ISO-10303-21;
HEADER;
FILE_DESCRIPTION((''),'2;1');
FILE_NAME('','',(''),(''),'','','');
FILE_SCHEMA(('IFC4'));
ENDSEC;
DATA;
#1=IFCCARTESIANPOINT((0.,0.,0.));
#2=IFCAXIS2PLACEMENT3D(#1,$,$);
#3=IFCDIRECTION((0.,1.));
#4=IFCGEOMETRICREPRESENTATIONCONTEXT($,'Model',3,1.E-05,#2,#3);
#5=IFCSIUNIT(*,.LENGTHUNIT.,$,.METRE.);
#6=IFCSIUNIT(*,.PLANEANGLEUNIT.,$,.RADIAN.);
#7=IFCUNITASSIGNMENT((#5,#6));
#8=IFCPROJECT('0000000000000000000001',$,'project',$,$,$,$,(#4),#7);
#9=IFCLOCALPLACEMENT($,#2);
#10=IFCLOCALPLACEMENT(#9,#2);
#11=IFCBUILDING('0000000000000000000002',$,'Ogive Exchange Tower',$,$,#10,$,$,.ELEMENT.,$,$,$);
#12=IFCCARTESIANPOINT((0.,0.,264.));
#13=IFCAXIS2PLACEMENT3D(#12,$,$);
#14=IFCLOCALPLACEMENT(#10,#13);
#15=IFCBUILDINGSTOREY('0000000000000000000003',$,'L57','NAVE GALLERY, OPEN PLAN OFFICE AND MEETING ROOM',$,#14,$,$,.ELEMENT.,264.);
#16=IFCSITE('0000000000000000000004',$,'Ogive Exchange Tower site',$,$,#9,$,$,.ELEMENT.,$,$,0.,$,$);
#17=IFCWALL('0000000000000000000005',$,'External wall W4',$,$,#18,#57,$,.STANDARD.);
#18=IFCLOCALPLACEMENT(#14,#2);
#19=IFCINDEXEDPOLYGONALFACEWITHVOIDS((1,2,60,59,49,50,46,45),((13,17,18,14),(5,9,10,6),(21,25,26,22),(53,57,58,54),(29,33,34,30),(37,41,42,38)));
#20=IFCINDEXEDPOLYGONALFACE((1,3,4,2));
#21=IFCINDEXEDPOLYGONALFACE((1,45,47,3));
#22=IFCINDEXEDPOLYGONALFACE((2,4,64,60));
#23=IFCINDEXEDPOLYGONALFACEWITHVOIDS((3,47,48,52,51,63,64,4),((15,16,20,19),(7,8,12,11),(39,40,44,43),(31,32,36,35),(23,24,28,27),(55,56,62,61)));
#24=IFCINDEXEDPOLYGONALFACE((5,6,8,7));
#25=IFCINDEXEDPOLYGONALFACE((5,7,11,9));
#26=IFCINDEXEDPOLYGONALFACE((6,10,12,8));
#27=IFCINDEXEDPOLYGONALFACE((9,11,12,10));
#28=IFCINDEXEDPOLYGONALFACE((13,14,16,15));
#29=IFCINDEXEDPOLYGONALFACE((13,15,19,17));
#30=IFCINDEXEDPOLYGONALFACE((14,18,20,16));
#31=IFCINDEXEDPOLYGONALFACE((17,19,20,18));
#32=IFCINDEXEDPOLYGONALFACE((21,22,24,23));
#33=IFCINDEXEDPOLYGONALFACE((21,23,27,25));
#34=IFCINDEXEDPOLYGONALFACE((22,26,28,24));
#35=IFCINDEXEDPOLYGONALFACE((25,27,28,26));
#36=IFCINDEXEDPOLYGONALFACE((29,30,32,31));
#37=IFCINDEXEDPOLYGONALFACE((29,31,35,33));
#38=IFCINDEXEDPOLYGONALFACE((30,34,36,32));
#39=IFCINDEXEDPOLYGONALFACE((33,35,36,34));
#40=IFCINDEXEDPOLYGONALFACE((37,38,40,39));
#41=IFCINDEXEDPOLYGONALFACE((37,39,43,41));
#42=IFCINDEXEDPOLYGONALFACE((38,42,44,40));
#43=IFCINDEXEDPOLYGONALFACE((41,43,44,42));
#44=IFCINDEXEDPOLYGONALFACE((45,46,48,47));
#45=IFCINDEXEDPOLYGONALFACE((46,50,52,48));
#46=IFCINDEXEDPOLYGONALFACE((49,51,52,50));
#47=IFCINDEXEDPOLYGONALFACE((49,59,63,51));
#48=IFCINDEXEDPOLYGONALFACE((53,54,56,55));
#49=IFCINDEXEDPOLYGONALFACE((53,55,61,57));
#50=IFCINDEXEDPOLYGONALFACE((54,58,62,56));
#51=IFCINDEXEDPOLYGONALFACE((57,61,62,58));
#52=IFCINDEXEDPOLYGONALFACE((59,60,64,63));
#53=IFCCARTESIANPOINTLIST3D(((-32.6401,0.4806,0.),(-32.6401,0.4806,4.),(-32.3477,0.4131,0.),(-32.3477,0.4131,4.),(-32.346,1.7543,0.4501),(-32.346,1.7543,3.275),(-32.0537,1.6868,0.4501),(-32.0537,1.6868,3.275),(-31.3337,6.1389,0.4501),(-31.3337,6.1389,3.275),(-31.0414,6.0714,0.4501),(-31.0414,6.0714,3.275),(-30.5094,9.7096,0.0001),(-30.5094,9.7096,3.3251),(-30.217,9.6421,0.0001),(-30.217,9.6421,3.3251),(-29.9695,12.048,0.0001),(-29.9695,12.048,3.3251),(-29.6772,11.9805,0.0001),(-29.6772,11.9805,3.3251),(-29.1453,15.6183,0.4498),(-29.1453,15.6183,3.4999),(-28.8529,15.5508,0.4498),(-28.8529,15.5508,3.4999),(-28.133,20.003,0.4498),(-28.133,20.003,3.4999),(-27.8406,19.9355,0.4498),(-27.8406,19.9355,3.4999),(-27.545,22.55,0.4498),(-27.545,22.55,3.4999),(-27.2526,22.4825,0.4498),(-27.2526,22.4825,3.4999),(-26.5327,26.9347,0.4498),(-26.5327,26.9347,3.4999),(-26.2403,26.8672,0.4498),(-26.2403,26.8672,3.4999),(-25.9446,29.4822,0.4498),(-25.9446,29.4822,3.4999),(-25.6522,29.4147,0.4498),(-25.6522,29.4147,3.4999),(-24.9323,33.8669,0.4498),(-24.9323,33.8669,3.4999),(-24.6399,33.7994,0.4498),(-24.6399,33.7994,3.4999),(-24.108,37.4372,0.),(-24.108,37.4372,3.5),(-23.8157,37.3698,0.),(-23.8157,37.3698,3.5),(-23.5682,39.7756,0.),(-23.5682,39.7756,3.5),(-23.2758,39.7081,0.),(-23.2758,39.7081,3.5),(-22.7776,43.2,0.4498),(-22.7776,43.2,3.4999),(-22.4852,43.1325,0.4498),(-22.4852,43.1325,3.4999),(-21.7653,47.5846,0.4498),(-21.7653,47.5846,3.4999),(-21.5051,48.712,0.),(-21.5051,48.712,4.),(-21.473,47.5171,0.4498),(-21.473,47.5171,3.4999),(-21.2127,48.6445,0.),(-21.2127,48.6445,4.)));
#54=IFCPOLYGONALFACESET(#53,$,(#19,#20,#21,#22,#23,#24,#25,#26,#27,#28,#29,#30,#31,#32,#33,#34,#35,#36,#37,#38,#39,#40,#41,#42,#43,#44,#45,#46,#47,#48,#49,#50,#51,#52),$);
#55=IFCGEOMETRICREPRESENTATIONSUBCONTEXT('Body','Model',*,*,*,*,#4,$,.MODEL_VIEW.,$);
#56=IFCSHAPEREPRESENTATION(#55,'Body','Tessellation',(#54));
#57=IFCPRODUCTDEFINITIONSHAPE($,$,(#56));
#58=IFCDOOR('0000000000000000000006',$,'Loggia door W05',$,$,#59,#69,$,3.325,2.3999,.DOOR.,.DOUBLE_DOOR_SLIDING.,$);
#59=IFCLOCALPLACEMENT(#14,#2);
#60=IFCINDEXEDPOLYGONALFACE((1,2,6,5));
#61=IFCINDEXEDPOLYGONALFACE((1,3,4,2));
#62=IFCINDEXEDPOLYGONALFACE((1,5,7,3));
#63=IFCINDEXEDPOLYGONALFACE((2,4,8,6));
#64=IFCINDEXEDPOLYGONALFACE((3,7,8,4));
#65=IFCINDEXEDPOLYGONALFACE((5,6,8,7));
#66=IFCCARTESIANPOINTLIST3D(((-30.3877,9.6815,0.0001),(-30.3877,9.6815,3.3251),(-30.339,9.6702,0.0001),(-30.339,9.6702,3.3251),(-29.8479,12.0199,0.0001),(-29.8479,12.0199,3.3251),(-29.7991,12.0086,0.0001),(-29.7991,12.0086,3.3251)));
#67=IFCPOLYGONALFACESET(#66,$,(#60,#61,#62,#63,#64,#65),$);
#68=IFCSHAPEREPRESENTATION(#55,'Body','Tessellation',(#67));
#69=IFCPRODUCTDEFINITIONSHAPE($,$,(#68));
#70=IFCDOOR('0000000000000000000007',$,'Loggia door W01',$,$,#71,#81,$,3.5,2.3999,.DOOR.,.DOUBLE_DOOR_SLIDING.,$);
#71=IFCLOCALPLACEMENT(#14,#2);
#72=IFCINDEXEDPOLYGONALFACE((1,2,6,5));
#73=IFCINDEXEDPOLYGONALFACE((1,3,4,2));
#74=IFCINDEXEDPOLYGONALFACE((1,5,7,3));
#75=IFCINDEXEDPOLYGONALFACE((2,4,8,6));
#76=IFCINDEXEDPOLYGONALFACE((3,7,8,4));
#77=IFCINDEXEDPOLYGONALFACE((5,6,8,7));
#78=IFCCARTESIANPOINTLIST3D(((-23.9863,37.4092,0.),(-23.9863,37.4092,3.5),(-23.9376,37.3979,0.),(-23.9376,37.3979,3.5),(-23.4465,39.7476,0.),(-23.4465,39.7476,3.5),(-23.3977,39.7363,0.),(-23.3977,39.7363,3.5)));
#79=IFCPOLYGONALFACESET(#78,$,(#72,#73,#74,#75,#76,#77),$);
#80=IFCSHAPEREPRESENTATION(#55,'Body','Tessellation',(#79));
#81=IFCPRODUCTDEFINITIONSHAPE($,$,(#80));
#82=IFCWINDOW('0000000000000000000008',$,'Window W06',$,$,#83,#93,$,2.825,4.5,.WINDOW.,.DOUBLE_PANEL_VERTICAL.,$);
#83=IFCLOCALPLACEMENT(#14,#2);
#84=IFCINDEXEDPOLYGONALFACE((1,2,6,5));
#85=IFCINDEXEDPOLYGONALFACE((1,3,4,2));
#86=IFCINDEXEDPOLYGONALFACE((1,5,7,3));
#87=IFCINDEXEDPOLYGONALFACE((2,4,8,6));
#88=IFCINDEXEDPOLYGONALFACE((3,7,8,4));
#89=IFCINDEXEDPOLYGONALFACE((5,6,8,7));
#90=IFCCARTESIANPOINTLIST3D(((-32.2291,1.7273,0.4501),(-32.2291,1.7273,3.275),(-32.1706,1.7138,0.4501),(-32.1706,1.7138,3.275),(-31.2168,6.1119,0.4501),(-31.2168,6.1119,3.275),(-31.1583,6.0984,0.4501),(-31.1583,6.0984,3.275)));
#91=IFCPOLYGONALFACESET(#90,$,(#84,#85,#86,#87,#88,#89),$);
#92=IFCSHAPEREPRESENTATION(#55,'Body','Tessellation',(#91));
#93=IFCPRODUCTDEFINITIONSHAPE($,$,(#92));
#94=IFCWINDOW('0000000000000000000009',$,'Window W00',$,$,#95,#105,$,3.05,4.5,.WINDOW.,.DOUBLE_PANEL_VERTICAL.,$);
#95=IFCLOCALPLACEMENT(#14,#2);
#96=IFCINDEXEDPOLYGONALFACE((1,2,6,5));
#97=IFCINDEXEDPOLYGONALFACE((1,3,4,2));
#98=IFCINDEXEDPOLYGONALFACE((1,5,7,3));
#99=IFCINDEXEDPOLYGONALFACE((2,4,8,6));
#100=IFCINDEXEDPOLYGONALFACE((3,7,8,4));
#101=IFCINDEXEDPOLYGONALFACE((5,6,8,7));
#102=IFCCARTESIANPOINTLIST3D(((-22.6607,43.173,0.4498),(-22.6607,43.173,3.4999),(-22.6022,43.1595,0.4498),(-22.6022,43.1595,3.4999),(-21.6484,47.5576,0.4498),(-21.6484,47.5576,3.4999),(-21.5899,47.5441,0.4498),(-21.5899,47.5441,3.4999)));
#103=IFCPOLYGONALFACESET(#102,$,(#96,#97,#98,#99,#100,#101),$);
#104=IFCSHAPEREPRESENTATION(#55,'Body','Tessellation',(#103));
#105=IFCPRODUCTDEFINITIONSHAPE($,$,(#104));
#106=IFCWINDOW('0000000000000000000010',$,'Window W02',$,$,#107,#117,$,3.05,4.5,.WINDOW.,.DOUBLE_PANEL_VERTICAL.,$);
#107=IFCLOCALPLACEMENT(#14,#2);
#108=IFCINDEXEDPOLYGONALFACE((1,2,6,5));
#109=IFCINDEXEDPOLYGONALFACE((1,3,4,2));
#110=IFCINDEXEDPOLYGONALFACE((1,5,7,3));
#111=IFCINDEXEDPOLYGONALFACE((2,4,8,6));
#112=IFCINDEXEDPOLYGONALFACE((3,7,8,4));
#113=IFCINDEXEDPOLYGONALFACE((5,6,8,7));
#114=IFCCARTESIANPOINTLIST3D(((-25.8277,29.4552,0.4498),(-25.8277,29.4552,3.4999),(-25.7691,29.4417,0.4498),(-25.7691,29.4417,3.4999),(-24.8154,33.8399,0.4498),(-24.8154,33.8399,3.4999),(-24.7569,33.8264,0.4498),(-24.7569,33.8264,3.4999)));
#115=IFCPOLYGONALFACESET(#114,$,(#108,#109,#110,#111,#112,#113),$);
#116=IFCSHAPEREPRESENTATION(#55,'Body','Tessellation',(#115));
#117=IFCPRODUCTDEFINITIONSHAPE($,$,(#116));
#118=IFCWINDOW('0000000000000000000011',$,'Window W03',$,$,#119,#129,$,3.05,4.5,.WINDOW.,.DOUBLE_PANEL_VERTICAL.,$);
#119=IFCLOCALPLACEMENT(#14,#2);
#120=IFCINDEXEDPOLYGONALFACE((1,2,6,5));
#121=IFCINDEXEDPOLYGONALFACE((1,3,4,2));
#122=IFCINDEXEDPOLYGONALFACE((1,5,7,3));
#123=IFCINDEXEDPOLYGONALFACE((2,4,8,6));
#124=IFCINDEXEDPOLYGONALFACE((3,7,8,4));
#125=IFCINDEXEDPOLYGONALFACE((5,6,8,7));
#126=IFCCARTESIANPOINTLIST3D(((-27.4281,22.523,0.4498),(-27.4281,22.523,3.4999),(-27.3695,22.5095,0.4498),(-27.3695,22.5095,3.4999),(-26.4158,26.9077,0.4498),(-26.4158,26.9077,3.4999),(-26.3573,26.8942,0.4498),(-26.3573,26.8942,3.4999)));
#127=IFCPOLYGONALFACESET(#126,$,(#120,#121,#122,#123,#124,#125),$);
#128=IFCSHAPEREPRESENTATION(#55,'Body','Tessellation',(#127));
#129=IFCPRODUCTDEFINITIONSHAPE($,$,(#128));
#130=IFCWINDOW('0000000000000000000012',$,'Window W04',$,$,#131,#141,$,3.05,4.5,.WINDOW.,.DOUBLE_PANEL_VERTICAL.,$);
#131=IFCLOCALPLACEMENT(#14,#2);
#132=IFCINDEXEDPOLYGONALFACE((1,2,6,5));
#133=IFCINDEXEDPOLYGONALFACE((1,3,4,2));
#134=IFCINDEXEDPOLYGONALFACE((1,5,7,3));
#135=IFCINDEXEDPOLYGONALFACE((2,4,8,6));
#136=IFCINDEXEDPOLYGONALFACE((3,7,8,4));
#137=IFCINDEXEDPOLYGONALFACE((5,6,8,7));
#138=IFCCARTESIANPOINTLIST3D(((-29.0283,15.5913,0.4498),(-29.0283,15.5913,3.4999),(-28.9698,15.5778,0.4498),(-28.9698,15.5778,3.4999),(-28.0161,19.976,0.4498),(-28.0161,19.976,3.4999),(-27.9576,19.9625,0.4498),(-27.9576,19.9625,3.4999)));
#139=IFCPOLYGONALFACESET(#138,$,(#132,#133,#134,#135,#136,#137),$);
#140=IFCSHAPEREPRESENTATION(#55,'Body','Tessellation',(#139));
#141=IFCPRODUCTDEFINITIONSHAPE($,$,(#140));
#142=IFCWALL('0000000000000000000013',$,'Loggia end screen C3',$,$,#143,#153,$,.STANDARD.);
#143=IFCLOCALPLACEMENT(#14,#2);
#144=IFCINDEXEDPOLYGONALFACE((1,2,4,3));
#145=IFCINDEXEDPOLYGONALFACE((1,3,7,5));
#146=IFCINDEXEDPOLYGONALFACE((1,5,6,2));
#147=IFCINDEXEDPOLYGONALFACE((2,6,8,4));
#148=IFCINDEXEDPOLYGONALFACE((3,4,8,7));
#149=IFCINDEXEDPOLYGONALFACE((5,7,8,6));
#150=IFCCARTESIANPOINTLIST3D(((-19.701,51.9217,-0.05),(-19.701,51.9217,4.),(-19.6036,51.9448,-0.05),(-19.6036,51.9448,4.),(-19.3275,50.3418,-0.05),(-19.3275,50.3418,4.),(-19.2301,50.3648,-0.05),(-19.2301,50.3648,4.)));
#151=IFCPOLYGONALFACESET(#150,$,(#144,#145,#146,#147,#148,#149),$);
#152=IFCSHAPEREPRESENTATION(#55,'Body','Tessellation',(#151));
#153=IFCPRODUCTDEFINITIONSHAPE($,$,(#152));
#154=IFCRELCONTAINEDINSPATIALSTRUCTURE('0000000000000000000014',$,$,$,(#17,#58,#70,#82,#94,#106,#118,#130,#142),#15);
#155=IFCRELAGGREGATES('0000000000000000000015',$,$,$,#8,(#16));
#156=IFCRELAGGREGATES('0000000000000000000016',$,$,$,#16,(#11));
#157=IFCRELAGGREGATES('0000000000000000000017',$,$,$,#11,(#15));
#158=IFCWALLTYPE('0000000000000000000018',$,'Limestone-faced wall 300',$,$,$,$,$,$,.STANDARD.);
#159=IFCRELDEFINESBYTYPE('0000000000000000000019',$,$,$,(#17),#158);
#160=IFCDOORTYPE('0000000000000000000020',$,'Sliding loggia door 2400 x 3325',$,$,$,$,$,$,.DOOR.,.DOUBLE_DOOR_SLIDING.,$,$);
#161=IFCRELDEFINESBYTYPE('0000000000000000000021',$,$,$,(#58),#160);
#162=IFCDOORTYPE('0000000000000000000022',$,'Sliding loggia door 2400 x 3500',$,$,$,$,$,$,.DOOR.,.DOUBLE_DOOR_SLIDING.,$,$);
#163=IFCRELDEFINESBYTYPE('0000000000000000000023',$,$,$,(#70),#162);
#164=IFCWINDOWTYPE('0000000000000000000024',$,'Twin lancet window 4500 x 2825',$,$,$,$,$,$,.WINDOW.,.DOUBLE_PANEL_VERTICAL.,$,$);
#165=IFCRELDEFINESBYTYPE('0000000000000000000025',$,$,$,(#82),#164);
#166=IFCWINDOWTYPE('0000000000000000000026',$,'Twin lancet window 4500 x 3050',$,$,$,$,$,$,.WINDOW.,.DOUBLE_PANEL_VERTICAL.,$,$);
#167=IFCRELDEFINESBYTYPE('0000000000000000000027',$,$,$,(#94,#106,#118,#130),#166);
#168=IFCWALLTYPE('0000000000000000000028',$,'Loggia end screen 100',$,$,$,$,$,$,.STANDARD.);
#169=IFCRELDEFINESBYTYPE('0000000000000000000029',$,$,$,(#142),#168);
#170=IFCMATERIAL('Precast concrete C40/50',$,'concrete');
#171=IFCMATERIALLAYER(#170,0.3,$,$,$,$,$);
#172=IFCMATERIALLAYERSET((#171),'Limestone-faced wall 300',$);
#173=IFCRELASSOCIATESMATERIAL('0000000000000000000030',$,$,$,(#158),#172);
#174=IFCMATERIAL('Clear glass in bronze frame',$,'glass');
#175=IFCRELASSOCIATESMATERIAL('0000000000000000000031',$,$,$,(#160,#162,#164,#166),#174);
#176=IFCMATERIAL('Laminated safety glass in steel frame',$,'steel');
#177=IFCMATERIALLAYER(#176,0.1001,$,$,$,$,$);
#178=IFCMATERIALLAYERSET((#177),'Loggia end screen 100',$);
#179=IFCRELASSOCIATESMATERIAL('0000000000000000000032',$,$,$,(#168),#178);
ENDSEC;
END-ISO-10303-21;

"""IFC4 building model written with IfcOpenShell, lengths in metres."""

from ifc_helpers import new_model, si_unit, direction, frame, frame_2d, origin, place, context, subcontext, project, spatial, rectangle, extrude, material, layer, layer_set, type_object, element, fill, save


model = new_model("IFC4")

# Units and contexts
model_context = context("Model", 3, precision=1e-05, world=origin(), true_north=direction((0.0, 1.0)))
body_context = subcontext(model_context, "Body", "Model", "MODEL_VIEW")
ifc_project = project(units=[si_unit("LENGTHUNIT", "METRE"), si_unit("PLANEANGLEUNIT", "RADIAN")], contexts=[model_context])

# Site, building, storey
site_placement = place(None, origin())
site = spatial("IfcSite", under=ifc_project, at=site_placement, Name="Ogive Exchange Tower site", CompositionType="ELEMENT", RefElevation=0.0)
building_placement = place(site_placement, origin())
building = spatial("IfcBuilding", under=site, at=building_placement, Name="Ogive Exchange Tower", CompositionType="ELEMENT")
storey_placement = place(building_placement, frame((0.0, 0.0, 264.0)))
storey = spatial("IfcBuildingStorey", under=building, at=storey_placement, Name="L57", Description="NAVE GALLERY, OPEN PLAN OFFICE AND MEETING ROOM", CompositionType="ELEMENT", Elevation=264.0)

# Wall, openings, doors, windows
ifc_material_1 = material(Name="Precast concrete C40/50", Category="concrete")
ifc_layer_1 = layer(ifc_material_1, 0.3)
ifc_layer_set_1 = layer_set([ifc_layer_1], Name="Limestone-faced wall 300")
wall_type_1 = type_object("IfcWallType", Name="Limestone-faced wall 300", PredefinedType="STANDARD", material=ifc_layer_set_1)
wall_1_placement = place(storey_placement, frame((-21.3589, 48.6782, 0.0), z_axis=(0.0, 0.0, 1.0), x_axis=(-0.224949, -0.97437, 0.0)))
wall_1 = element("IfcWall", 1, at=wall_1_placement, inside=storey, type_object=wall_type_1, Name="External wall W4", PredefinedType="STANDARD", context=body_context, shape_type="SweptSolid", body=[
    extrude(rectangle(XDim=49.5, YDim=0.3, at=frame_2d((24.75, 0.0))), origin(), (0.0, 0.0, 1.0), 4.0),
])
opening_1_placement = place(wall_1_placement, frame((1.157, 0.0, 0.45)))
opening_1 = element("IfcOpeningElement", 2, at=opening_1_placement, cuts=wall_1, PredefinedType="OPENING", context=body_context, shape_type="SweptSolid", body=[
    extrude(rectangle(XDim=4.5, YDim=3.05, at=frame_2d((2.25, 1.5249))), frame((0.0, 0.1599, 0.0), z_axis=(0.0, -1.0, 0.0), x_axis=(1.0, 0.0, 0.0)), (0.0, 0.0, 1.0), 0.3201),
])
opening_2_placement = place(wall_1_placement, frame((9.1714, 0.0, 0.0)))
opening_2 = element("IfcOpeningElement", 3, at=opening_2_placement, cuts=wall_1, PredefinedType="OPENING", context=body_context, shape_type="SweptSolid", body=[
    extrude(rectangle(XDim=2.3999, YDim=3.5, at=frame_2d((1.2, 1.75))), frame((0.0, 0.1599, 0.0), z_axis=(0.0, -1.0, 0.0), x_axis=(1.0, 0.0, 0.0)), (0.0, 0.0, 1.0), 0.3201),
])
opening_3_placement = place(wall_1_placement, frame((15.2356, 0.0, 0.45)))
opening_3 = element("IfcOpeningElement", 4, at=opening_3_placement, cuts=wall_1, PredefinedType="OPENING", context=body_context, shape_type="SweptSolid", body=[
    extrude(rectangle(XDim=4.5, YDim=3.05, at=frame_2d((2.25, 1.5249))), frame((0.0, 0.1599, 0.0), z_axis=(0.0, -1.0, 0.0), x_axis=(1.0, 0.0, 0.0)), (0.0, 0.0, 1.0), 0.3201),
])
opening_4_placement = place(wall_1_placement, frame((22.3501, 0.0, 0.45)))
opening_4 = element("IfcOpeningElement", 5, at=opening_4_placement, cuts=wall_1, PredefinedType="OPENING", context=body_context, shape_type="SweptSolid", body=[
    extrude(rectangle(XDim=4.5, YDim=3.05, at=frame_2d((2.25, 1.5249))), frame((0.0, 0.1599, 0.0), z_axis=(0.0, -1.0, 0.0), x_axis=(1.0, 0.0, 0.0)), (0.0, 0.0, 1.0), 0.3201),
])
opening_5_placement = place(wall_1_placement, frame((29.4641, 0.0, 0.45)))
opening_5 = element("IfcOpeningElement", 6, at=opening_5_placement, cuts=wall_1, PredefinedType="OPENING", context=body_context, shape_type="SweptSolid", body=[
    extrude(rectangle(XDim=4.5, YDim=3.05, at=frame_2d((2.25, 1.5249))), frame((0.0, 0.1599, 0.0), z_axis=(0.0, -1.0, 0.0), x_axis=(1.0, 0.0, 0.0)), (0.0, 0.0, 1.0), 0.3201),
])
opening_6_placement = place(wall_1_placement, frame((37.6284, 0.0, 0.0)))
opening_6 = element("IfcOpeningElement", 7, at=opening_6_placement, cuts=wall_1, PredefinedType="OPENING", context=body_context, shape_type="SweptSolid", body=[
    extrude(rectangle(XDim=2.3999, YDim=3.325, at=frame_2d((1.2, 1.6626))), frame((0.0, 0.1599, 0.0), z_axis=(0.0, -1.0, 0.0), x_axis=(1.0, 0.0, 0.0)), (0.0, 0.0, 1.0), 0.3201),
])
opening_7_placement = place(wall_1_placement, frame((43.6929, 0.0, 0.45)))
opening_7 = element("IfcOpeningElement", 8, at=opening_7_placement, cuts=wall_1, PredefinedType="OPENING", context=body_context, shape_type="SweptSolid", body=[
    extrude(rectangle(XDim=4.5, YDim=2.825, at=frame_2d((2.25, 1.4126))), frame((0.0, 0.1599, 0.0), z_axis=(0.0, -1.0, 0.0), x_axis=(1.0, 0.0, 0.0)), (0.0, 0.0, 1.0), 0.3201),
])
ifc_material_2 = material(Name="Clear glass in bronze frame", Category="glass")
door_type_1 = type_object("IfcDoorType", Name="Sliding loggia door 2400 x 3325", OperationType="DOUBLE_DOOR_SLIDING", PredefinedType="DOOR", material=ifc_material_2)
door_1_placement = place(opening_6_placement, origin())
door_1 = element("IfcDoor", 9, at=door_1_placement, inside=storey, type_object=door_type_1, Name="Loggia door W05", OperationType="DOUBLE_DOOR_SLIDING", OverallHeight=3.325, OverallWidth=2.3999, PredefinedType="DOOR", context=body_context, shape_type="SweptSolid", body=[
    extrude(rectangle(XDim=2.3999, YDim=3.325, at=frame_2d((1.2, 1.6626))), frame((0.0, 0.0249, 0.0), z_axis=(0.0, -1.0, 0.0), x_axis=(1.0, 0.0, 0.0)), (0.0, 0.0, 1.0), 0.05),
])
fill(opening_6, door_1)
door_type_2 = type_object("IfcDoorType", Name="Sliding loggia door 2400 x 3500", OperationType="DOUBLE_DOOR_SLIDING", PredefinedType="DOOR", material=ifc_material_2)
door_2_placement = place(opening_2_placement, origin())
door_2 = element("IfcDoor", 10, at=door_2_placement, inside=storey, type_object=door_type_2, Name="Loggia door W01", OperationType="DOUBLE_DOOR_SLIDING", OverallHeight=3.5, OverallWidth=2.3999, PredefinedType="DOOR", context=body_context, shape_type="SweptSolid", body=[
    extrude(rectangle(XDim=2.3999, YDim=3.5, at=frame_2d((1.2, 1.75))), frame((0.0, 0.0249, 0.0), z_axis=(0.0, -1.0, 0.0), x_axis=(1.0, 0.0, 0.0)), (0.0, 0.0, 1.0), 0.05),
])
fill(opening_2, door_2)
window_type_1 = type_object("IfcWindowType", Name="Twin lancet window 4500 x 2825", PartitioningType="DOUBLE_PANEL_VERTICAL", PredefinedType="WINDOW", material=ifc_material_2)
window_1_placement = place(opening_7_placement, origin())
window_1 = element("IfcWindow", 11, at=window_1_placement, inside=storey, type_object=window_type_1, Name="Window W06", OverallHeight=2.825, OverallWidth=4.5, PartitioningType="DOUBLE_PANEL_VERTICAL", PredefinedType="WINDOW", context=body_context, shape_type="SweptSolid", body=[
    extrude(rectangle(XDim=4.5, YDim=2.825, at=frame_2d((2.25, 1.4126))), frame((0.0, 0.03, 0.0), z_axis=(0.0, -1.0, 0.0), x_axis=(1.0, 0.0, 0.0)), (0.0, 0.0, 1.0), 0.0601),
])
fill(opening_7, window_1)
window_type_2 = type_object("IfcWindowType", Name="Twin lancet window 4500 x 3050", PartitioningType="DOUBLE_PANEL_VERTICAL", PredefinedType="WINDOW", material=ifc_material_2)
window_2_placement = place(opening_1_placement, origin())
window_2 = element("IfcWindow", 12, at=window_2_placement, inside=storey, type_object=window_type_2, Name="Window W00", OverallHeight=3.05, OverallWidth=4.5, PartitioningType="DOUBLE_PANEL_VERTICAL", PredefinedType="WINDOW", context=body_context, shape_type="SweptSolid", body=[
    extrude(rectangle(XDim=4.5, YDim=3.05, at=frame_2d((2.25, 1.5249))), frame((0.0, 0.03, 0.0), z_axis=(0.0, -1.0, 0.0), x_axis=(1.0, 0.0, 0.0)), (0.0, 0.0, 1.0), 0.0601),
])
fill(opening_1, window_2)
window_3_placement = place(opening_3_placement, origin())
window_3 = element("IfcWindow", 13, at=window_3_placement, inside=storey, type_object=window_type_2, Name="Window W02", OverallHeight=3.05, OverallWidth=4.5, PartitioningType="DOUBLE_PANEL_VERTICAL", PredefinedType="WINDOW", context=body_context, shape_type="SweptSolid", body=[
    extrude(rectangle(XDim=4.5, YDim=3.05, at=frame_2d((2.25, 1.5249))), frame((0.0, 0.03, 0.0), z_axis=(0.0, -1.0, 0.0), x_axis=(1.0, 0.0, 0.0)), (0.0, 0.0, 1.0), 0.0601),
])
fill(opening_3, window_3)
window_4_placement = place(opening_4_placement, origin())
window_4 = element("IfcWindow", 14, at=window_4_placement, inside=storey, type_object=window_type_2, Name="Window W03", OverallHeight=3.05, OverallWidth=4.5, PartitioningType="DOUBLE_PANEL_VERTICAL", PredefinedType="WINDOW", context=body_context, shape_type="SweptSolid", body=[
    extrude(rectangle(XDim=4.5, YDim=3.05, at=frame_2d((2.25, 1.5249))), frame((0.0, 0.03, 0.0), z_axis=(0.0, -1.0, 0.0), x_axis=(1.0, 0.0, 0.0)), (0.0, 0.0, 1.0), 0.0601),
])
fill(opening_4, window_4)
window_5_placement = place(opening_5_placement, origin())
window_5 = element("IfcWindow", 15, at=window_5_placement, inside=storey, type_object=window_type_2, Name="Window W04", OverallHeight=3.05, OverallWidth=4.5, PartitioningType="DOUBLE_PANEL_VERTICAL", PredefinedType="WINDOW", context=body_context, shape_type="SweptSolid", body=[
    extrude(rectangle(XDim=4.5, YDim=3.05, at=frame_2d((2.25, 1.5249))), frame((0.0, 0.03, 0.0), z_axis=(0.0, -1.0, 0.0), x_axis=(1.0, 0.0, 0.0)), (0.0, 0.0, 1.0), 0.0601),
])
fill(opening_5, window_5)

# Wall
ifc_material_3 = material(Name="Laminated safety glass in steel frame", Category="steel")
ifc_layer_2 = layer(ifc_material_3, 0.1001)
ifc_layer_set_2 = layer_set([ifc_layer_2], Name="Loggia end screen 100")
wall_type_2 = type_object("IfcWallType", Name="Loggia end screen 100", PredefinedType="STANDARD", material=ifc_layer_set_2)
wall_2_placement = place(storey_placement, frame((-19.2788, 50.3533, -0.05), z_axis=(0.0, 0.0, 1.0), x_axis=(-0.230062, 0.973176, 0.0)))
element("IfcWall", 16, at=wall_2_placement, inside=storey, type_object=wall_type_2, Name="Loggia end screen C3", PredefinedType="STANDARD", context=body_context, shape_type="SweptSolid", body=[
    extrude(rectangle(XDim=1.6235, YDim=0.1001, at=frame_2d((0.8118, 0.0))), origin(), (0.0, 0.0, 1.0), 4.05),
])

save(model, "model.ifc")
